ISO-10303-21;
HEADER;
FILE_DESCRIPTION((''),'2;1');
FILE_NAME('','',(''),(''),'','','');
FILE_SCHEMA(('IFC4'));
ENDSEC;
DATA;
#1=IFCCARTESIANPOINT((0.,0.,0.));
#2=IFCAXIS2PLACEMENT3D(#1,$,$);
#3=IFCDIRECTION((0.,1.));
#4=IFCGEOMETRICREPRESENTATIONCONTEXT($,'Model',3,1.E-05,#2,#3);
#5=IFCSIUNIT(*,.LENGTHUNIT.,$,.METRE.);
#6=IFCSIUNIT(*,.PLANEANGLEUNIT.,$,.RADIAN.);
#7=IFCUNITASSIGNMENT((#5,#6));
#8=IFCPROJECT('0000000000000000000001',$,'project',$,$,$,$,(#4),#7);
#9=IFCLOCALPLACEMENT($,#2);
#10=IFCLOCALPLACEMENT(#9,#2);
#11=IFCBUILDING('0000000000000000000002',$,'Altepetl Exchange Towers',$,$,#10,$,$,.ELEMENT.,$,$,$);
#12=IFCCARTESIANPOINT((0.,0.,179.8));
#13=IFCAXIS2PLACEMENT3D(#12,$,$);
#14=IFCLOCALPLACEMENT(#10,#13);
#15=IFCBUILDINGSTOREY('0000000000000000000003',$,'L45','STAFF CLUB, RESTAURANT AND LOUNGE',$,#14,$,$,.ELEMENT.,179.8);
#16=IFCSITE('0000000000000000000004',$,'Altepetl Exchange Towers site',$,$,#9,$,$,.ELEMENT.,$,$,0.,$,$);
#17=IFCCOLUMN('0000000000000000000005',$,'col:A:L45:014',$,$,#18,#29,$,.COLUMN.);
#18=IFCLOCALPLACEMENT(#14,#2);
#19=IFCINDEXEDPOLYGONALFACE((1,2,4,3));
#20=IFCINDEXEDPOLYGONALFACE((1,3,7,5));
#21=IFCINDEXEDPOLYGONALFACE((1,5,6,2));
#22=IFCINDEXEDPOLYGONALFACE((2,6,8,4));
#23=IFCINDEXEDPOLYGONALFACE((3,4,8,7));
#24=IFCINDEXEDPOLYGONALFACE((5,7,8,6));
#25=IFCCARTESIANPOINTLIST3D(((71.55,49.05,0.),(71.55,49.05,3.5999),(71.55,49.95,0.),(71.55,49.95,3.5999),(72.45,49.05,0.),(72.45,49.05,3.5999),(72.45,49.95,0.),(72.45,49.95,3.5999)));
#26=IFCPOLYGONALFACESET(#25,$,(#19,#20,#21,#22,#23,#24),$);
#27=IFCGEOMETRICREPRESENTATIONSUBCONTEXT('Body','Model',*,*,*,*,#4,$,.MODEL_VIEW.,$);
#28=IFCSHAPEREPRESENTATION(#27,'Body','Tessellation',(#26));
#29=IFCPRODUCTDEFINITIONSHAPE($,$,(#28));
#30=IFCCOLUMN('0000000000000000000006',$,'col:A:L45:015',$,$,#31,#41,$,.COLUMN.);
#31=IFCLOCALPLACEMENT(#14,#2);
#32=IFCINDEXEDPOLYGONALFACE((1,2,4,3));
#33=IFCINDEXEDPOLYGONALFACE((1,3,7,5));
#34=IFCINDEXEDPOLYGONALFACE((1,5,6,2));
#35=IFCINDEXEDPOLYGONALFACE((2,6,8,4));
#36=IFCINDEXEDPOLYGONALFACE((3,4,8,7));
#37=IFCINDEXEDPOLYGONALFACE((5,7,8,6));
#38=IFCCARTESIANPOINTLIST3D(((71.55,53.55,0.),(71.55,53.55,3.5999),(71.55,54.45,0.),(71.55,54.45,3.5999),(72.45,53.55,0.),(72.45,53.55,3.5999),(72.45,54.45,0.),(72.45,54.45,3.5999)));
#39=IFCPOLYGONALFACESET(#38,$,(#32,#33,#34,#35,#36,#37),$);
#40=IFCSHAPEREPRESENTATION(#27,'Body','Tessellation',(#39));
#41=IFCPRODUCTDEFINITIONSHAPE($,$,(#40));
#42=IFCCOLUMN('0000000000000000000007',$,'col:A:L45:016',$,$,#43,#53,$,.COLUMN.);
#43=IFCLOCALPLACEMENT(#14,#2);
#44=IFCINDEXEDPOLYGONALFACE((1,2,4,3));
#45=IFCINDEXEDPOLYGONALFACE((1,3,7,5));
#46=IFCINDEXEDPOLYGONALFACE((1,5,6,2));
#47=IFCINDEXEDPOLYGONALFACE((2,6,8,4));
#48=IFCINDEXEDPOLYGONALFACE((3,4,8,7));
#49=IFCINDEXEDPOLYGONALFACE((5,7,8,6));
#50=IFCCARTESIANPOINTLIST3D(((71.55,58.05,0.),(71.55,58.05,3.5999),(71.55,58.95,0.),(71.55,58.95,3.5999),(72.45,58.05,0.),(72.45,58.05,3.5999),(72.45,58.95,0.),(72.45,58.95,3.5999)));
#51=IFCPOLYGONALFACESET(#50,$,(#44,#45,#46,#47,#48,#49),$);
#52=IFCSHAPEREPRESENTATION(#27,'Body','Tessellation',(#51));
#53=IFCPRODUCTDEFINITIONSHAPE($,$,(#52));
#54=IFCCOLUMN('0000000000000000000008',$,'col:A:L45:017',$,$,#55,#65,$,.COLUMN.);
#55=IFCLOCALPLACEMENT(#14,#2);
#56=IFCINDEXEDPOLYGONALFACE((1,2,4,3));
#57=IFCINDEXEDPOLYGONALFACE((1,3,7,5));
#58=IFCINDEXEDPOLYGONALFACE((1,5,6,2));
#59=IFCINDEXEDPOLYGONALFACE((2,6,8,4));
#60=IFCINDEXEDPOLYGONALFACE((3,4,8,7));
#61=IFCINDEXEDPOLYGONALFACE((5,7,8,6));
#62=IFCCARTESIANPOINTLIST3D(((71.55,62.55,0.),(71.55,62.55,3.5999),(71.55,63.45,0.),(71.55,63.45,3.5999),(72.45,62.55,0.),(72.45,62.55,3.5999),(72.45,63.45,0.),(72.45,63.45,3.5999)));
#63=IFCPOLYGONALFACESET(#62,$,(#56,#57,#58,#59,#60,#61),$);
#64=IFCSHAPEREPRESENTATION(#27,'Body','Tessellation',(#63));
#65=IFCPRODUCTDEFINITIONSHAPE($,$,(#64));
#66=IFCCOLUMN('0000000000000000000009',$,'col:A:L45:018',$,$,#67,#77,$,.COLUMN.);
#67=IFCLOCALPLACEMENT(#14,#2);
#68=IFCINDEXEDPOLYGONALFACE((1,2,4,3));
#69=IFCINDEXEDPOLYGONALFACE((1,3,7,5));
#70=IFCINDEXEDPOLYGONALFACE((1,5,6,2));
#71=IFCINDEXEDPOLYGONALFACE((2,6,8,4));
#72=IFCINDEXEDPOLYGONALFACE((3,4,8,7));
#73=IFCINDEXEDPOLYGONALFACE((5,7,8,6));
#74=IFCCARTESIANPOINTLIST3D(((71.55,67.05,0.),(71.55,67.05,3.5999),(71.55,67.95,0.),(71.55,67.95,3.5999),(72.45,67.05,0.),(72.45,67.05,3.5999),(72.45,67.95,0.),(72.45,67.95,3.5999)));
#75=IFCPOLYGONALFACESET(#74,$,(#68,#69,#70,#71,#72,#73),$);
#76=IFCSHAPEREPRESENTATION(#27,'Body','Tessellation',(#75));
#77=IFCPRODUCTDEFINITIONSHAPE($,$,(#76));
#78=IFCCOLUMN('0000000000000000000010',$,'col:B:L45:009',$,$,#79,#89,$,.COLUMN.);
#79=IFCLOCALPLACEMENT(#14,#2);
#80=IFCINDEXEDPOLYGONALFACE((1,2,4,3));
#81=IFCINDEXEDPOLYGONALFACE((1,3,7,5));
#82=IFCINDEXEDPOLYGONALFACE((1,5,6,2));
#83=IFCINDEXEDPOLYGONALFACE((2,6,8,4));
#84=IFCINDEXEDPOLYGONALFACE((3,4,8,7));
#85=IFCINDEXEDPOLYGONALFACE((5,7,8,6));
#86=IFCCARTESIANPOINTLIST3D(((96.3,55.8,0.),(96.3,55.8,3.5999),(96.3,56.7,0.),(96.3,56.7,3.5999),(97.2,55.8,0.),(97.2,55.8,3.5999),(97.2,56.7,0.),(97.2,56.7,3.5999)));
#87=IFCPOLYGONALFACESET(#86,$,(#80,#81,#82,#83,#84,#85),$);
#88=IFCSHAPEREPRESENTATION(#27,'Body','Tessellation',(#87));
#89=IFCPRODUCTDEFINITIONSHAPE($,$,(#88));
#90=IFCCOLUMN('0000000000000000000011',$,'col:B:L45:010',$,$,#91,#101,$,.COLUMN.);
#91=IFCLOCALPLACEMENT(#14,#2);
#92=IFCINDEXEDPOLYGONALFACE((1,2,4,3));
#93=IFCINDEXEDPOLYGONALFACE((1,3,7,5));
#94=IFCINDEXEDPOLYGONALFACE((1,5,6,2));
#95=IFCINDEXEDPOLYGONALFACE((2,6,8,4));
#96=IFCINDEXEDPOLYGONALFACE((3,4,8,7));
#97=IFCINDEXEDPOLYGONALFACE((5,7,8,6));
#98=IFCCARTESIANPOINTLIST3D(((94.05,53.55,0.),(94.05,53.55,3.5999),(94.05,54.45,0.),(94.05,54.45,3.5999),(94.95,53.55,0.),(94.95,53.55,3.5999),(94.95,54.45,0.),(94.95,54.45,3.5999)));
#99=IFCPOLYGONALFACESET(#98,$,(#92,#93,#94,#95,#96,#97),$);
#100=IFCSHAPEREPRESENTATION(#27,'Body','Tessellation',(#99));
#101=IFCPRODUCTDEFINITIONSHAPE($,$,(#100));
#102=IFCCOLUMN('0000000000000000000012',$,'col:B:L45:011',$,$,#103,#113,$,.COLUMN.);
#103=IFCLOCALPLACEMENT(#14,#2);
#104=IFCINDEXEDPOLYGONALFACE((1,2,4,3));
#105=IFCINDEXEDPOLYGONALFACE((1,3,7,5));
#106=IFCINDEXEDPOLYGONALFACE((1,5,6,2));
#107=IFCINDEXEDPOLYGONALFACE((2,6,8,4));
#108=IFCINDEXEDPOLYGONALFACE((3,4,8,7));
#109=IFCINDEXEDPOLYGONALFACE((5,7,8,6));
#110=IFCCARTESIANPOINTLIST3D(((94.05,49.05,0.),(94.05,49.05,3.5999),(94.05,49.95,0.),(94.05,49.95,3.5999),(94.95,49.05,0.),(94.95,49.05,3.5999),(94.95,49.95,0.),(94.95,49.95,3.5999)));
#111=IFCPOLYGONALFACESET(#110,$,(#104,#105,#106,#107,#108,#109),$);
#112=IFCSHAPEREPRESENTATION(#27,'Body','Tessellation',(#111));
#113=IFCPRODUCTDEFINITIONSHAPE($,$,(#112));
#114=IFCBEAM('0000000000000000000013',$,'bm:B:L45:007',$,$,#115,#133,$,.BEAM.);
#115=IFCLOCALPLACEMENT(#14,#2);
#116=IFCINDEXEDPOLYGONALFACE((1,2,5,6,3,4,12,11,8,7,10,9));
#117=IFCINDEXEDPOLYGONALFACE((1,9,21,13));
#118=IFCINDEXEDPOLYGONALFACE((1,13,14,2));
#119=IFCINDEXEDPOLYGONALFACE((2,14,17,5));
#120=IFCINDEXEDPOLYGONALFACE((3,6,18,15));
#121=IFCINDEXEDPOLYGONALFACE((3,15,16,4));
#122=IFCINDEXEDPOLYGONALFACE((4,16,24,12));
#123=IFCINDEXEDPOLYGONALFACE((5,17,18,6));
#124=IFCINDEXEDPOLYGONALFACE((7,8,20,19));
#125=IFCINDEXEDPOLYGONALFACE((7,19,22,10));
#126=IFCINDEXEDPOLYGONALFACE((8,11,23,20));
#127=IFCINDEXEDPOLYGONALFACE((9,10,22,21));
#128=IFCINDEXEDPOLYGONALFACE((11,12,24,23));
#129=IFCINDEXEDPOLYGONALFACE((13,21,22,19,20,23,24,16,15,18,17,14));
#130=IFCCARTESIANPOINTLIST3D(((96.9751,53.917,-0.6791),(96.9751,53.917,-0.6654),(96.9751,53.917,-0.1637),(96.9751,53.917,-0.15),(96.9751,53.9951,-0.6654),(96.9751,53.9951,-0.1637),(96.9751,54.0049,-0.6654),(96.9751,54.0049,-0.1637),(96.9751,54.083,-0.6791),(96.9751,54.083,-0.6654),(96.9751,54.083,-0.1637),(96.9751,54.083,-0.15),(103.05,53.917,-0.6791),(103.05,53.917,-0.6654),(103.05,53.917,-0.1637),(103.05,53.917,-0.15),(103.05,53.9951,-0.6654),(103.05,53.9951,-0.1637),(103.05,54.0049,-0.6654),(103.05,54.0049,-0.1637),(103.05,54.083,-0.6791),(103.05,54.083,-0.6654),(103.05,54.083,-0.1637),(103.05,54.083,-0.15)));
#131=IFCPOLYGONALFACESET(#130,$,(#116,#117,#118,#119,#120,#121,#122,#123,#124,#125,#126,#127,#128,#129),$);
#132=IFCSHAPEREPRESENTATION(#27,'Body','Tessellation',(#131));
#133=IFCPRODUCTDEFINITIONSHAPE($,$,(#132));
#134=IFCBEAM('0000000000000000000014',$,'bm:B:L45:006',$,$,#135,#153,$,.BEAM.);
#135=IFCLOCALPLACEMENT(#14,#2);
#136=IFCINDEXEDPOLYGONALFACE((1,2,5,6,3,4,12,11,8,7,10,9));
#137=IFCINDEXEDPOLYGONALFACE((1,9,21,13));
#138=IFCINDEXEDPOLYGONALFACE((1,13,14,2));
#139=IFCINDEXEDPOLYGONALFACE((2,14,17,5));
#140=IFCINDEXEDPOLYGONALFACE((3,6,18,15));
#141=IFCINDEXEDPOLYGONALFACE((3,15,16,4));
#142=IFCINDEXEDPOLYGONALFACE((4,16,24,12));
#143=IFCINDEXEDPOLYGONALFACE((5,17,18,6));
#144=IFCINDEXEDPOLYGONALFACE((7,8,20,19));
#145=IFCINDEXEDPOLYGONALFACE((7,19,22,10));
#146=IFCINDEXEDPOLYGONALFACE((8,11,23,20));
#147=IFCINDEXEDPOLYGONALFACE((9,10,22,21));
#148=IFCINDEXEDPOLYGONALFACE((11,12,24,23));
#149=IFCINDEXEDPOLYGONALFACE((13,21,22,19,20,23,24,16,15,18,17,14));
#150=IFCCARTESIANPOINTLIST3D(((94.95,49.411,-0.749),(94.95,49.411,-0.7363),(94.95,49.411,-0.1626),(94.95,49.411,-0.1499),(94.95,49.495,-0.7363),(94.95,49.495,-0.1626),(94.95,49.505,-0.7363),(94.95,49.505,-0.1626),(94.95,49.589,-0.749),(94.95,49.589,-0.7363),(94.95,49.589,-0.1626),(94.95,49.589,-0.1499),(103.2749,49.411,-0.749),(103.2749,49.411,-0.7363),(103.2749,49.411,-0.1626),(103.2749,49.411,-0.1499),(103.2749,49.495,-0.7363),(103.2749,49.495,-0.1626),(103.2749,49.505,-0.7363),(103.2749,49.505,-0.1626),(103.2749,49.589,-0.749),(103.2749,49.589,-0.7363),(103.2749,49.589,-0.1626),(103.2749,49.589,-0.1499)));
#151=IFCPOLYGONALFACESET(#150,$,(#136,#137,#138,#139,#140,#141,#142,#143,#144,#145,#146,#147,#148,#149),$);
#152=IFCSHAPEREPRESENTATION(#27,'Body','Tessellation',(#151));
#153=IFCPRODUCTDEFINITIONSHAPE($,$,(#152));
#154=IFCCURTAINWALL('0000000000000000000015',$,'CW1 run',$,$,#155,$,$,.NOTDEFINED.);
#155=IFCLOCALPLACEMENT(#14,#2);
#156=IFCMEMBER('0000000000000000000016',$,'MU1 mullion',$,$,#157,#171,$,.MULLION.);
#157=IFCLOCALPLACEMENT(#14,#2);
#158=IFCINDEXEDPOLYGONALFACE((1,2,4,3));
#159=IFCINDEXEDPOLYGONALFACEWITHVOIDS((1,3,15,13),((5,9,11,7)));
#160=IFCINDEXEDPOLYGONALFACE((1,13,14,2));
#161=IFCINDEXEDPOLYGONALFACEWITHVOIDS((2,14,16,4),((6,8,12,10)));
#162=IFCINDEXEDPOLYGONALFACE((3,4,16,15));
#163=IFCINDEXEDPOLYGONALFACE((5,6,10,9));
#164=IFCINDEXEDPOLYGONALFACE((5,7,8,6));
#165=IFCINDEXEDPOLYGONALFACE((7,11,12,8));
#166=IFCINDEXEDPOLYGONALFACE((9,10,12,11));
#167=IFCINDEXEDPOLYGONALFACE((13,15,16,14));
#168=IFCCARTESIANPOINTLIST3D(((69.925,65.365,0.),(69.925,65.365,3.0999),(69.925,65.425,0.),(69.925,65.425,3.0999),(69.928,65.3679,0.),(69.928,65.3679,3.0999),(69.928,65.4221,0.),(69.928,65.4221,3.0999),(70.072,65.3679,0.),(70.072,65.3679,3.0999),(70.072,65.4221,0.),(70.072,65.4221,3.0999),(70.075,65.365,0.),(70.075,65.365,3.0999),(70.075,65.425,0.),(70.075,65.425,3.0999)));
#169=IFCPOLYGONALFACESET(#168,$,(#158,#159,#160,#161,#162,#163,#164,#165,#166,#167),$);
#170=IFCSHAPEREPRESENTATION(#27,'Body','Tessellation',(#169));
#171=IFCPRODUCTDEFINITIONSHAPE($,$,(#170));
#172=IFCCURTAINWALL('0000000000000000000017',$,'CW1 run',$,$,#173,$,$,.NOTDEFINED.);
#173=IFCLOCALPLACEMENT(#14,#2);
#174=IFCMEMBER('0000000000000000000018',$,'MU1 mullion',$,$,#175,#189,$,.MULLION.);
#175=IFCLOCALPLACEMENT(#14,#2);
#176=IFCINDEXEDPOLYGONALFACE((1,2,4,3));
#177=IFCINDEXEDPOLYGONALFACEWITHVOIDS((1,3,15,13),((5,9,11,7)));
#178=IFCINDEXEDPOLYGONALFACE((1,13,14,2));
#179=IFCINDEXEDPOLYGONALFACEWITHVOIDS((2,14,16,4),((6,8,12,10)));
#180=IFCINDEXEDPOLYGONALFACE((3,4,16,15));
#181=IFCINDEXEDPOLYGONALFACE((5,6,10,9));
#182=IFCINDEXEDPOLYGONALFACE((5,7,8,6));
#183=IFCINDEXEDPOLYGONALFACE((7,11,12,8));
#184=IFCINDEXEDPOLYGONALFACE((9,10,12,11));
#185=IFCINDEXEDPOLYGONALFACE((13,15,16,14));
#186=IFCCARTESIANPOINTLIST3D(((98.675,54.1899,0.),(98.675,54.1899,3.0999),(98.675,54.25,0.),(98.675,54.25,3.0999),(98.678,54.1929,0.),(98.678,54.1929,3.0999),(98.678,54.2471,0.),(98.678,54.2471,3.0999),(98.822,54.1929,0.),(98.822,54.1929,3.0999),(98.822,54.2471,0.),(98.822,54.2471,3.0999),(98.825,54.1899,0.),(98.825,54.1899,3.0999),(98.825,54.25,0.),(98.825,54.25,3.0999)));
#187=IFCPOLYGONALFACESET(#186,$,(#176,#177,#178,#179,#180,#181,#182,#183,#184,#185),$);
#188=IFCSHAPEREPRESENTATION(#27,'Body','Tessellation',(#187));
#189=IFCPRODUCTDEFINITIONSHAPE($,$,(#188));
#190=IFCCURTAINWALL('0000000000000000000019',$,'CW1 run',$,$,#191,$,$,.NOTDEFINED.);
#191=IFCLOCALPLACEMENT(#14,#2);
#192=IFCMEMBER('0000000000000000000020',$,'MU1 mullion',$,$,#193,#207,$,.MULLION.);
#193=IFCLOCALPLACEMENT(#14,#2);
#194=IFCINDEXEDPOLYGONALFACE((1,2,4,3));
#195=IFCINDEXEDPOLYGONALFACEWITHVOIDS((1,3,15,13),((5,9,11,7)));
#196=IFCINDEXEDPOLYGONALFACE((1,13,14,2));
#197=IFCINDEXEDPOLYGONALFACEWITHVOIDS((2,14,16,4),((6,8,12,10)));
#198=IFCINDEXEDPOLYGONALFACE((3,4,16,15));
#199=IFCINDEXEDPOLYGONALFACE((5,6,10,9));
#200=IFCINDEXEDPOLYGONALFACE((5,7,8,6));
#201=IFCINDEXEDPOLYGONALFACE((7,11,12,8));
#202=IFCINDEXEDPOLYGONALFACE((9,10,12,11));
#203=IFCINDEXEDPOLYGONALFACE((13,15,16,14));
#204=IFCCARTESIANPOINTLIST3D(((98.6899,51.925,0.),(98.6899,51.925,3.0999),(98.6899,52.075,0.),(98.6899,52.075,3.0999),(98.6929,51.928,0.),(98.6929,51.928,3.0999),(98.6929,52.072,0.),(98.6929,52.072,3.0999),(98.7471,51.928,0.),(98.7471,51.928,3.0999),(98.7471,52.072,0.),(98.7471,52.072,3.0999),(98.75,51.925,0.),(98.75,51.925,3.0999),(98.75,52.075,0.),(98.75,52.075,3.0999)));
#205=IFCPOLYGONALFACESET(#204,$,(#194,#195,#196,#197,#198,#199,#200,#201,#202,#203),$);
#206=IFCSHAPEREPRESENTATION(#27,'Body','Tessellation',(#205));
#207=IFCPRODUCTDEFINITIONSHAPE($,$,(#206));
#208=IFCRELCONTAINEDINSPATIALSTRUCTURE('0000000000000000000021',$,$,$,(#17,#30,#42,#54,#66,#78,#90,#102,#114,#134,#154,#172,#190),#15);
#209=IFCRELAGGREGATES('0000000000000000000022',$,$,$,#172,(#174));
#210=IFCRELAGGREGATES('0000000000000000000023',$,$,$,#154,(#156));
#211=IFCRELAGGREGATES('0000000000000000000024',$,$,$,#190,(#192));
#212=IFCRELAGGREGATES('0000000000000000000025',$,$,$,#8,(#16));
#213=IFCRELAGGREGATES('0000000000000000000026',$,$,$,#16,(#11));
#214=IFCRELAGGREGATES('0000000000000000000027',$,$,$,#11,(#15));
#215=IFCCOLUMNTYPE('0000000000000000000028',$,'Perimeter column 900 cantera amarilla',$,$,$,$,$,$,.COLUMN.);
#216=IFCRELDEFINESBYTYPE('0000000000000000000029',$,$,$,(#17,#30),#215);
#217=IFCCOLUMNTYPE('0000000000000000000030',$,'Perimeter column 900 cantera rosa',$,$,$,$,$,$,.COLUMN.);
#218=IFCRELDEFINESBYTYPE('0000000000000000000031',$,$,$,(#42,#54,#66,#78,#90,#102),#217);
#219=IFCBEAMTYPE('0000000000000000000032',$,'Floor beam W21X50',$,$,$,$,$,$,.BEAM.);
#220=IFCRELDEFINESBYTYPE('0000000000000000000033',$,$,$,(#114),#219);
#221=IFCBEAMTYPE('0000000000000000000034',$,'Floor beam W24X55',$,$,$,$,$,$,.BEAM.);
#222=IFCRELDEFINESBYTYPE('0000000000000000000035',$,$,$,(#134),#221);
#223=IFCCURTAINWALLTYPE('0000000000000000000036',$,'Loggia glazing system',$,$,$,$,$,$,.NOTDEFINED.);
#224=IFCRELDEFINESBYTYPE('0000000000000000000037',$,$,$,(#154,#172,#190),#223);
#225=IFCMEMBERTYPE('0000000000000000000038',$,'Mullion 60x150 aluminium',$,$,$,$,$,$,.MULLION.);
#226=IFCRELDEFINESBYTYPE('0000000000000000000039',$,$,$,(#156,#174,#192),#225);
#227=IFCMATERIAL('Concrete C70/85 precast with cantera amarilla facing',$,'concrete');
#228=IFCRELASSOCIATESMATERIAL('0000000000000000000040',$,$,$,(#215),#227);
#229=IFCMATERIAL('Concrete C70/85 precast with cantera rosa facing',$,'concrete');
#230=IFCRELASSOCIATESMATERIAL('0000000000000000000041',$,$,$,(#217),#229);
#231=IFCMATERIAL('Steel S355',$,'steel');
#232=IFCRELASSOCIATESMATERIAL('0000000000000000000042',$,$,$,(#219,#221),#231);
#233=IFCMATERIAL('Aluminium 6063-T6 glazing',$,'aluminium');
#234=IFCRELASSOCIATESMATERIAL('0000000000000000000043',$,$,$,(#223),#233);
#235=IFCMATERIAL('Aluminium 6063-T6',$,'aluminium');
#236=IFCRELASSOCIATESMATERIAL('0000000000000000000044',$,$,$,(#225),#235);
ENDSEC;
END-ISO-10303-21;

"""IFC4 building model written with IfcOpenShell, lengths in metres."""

from ifc_helpers import new_model, si_unit, direction, frame, origin, origin_2d, place, context, subcontext, project, spatial, rectangle, hollow_rectangle, i_section, extrude, material, material_profile, profile_set, type_object, element, aggregate, save


model = new_model("IFC4")

# Units and contexts
model_context = context("Model", 3, precision=1e-05, world=origin(), true_north=direction((0.0, 1.0)))
body_context = subcontext(model_context, "Body", "Model", "MODEL_VIEW")
ifc_project = project(units=[si_unit("LENGTHUNIT", "METRE"), si_unit("PLANEANGLEUNIT", "RADIAN")], contexts=[model_context])

# Site, building, storey
site_placement = place(None, origin())
site = spatial("IfcSite", under=ifc_project, at=site_placement, Name="Altepetl Exchange Towers site", CompositionType="ELEMENT", RefElevation=0.0)
building_placement = place(site_placement, origin())
building = spatial("IfcBuilding", under=site, at=building_placement, Name="Altepetl Exchange Towers", CompositionType="ELEMENT")
storey_placement = place(building_placement, frame((0.0, 0.0, 179.8)))
storey = spatial("IfcBuildingStorey", under=building, at=storey_placement, Name="L45", Description="STAFF CLUB, RESTAURANT AND LOUNGE", CompositionType="ELEMENT", Elevation=179.8)

# Columns
ifc_material_1 = material(Name="Concrete C70/85 precast with cantera amarilla facing", Category="concrete")
ifc_material_profile_1 = material_profile(ifc_material_1, rectangle(XDim=0.8999, YDim=0.8999, at=origin_2d()), Name="900 x 900")
ifc_profile_set_1 = profile_set([ifc_material_profile_1], Name="Concrete C70/85 precast with cantera amarilla facing")
column_type_1 = type_object("IfcColumnType", Name="Perimeter column 900 cantera amarilla", PredefinedType="COLUMN", material=ifc_profile_set_1)
for number, where, name in (
    (1, (72.0, 49.5, 0.0), "col:A:L45:014"),
    (2, (72.0, 54.0, 0.0), "col:A:L45:015"),
):
    element("IfcColumn", number, at=place(storey_placement, frame(where)), inside=storey, type_object=column_type_1, Name=name, PredefinedType="COLUMN", context=body_context, shape_type="SweptSolid", body=[
        extrude(rectangle(XDim=0.8999, YDim=0.8999, at=origin_2d()), origin(), (0.0, 0.0, 1.0), 3.5999),
    ])
ifc_material_2 = material(Name="Concrete C70/85 precast with cantera rosa facing", Category="concrete")
ifc_material_profile_2 = material_profile(ifc_material_2, rectangle(XDim=0.8999, YDim=0.8999, at=origin_2d()), Name="900 x 900")
ifc_profile_set_2 = profile_set([ifc_material_profile_2], Name="Concrete C70/85 precast with cantera rosa facing")
column_type_2 = type_object("IfcColumnType", Name="Perimeter column 900 cantera rosa", PredefinedType="COLUMN", material=ifc_profile_set_2)
for number, where, name in (
    (3, (72.0, 58.5, 0.0), "col:A:L45:016"),
    (4, (72.0, 63.0, 0.0), "col:A:L45:017"),
    (5, (72.0, 67.5, 0.0), "col:A:L45:018"),
    (6, (96.75, 56.25, 0.0), "col:B:L45:009"),
    (7, (94.5, 54.0, 0.0), "col:B:L45:010"),
    (8, (94.5, 49.5, 0.0), "col:B:L45:011"),
):
    element("IfcColumn", number, at=place(storey_placement, frame(where)), inside=storey, type_object=column_type_2, Name=name, PredefinedType="COLUMN", context=body_context, shape_type="SweptSolid", body=[
        extrude(rectangle(XDim=0.8999, YDim=0.8999, at=origin_2d()), origin(), (0.0, 0.0, 1.0), 3.5999),
    ])

# Beams
ifc_material_3 = material(Name="Steel S355", Category="steel")
ifc_material_profile_3 = material_profile(ifc_material_3, i_section(OverallWidth=0.166, OverallDepth=0.5291, WebThickness=0.0098, FlangeThickness=0.0137, at=origin_2d()), Name="W21X50")
ifc_profile_set_3 = profile_set([ifc_material_profile_3], Name="Steel S355")
beam_type_1 = type_object("IfcBeamType", Name="Floor beam W21X50", PredefinedType="BEAM", material=ifc_profile_set_3)
beam_1_placement = place(storey_placement, frame((96.9751, 54.0, -0.4146), z_axis=(1.0, 0.0, 0.0), x_axis=(0.0, 1.0, 0.0)))
element("IfcBeam", 9, at=beam_1_placement, inside=storey, type_object=beam_type_1, Name="bm:B:L45:007", PredefinedType="BEAM", context=body_context, shape_type="SweptSolid", body=[
    extrude(i_section(OverallWidth=0.166, OverallDepth=0.5291, WebThickness=0.0098, FlangeThickness=0.0137, at=origin_2d()), origin(), (0.0, 0.0, 1.0), 6.075),
])
ifc_material_profile_4 = material_profile(ifc_material_3, i_section(OverallWidth=0.178, OverallDepth=0.5991, WebThickness=0.01, FlangeThickness=0.0127, at=origin_2d()), Name="W24X55")
ifc_profile_set_4 = profile_set([ifc_material_profile_4], Name="Steel S355")
beam_type_2 = type_object("IfcBeamType", Name="Floor beam W24X55", PredefinedType="BEAM", material=ifc_profile_set_4)
beam_2_placement = place(storey_placement, frame((94.95, 49.5, -0.4495), z_axis=(1.0, 0.0, 0.0), x_axis=(0.0, 1.0, 0.0)))
element("IfcBeam", 10, at=beam_2_placement, inside=storey, type_object=beam_type_2, Name="bm:B:L45:006", PredefinedType="BEAM", context=body_context, shape_type="SweptSolid", body=[
    extrude(i_section(OverallWidth=0.178, OverallDepth=0.5991, WebThickness=0.01, FlangeThickness=0.0127, at=origin_2d()), origin(), (0.0, 0.0, 1.0), 8.325),
])

# Curtain walls, members
ifc_material_4 = material(Name="Aluminium 6063-T6 glazing", Category="aluminium")
curtain_wall_type = type_object("IfcCurtainWallType", Name="Loggia glazing system", PredefinedType="NOTDEFINED", material=ifc_material_4)
curtain_wall_1_placement = place(storey_placement, origin())
curtain_wall_1 = element("IfcCurtainWall", 11, at=curtain_wall_1_placement, inside=storey, type_object=curtain_wall_type, Name="CW1 run", PredefinedType="NOTDEFINED")
ifc_material_5 = material(Name="Aluminium 6063-T6", Category="aluminium")
ifc_material_profile_5 = material_profile(ifc_material_5, hollow_rectangle(XDim=0.0601, YDim=0.1499, WallThickness=0.0029, at=origin_2d()), Name="Mullion 60x150 aluminium")
ifc_profile_set_5 = profile_set([ifc_material_profile_5], Name="Aluminium 6063-T6")
member_type = type_object("IfcMemberType", Name="Mullion 60x150 aluminium", PredefinedType="MULLION", material=ifc_profile_set_5)
member_1_placement = place(storey_placement, frame((70.0, 65.395, 0.0), z_axis=(0.0, 0.0, 1.0), x_axis=(0.0, 1.0, 0.0)))
member_1 = element("IfcMember", 12, at=member_1_placement, type_object=member_type, Name="MU1 mullion", PredefinedType="MULLION", context=body_context, shape_type="SweptSolid", body=[
    extrude(hollow_rectangle(XDim=0.0601, YDim=0.1499, WallThickness=0.0029, at=origin_2d()), origin(), (0.0, 0.0, 1.0), 3.0999),
])
curtain_wall_2_placement = place(storey_placement, origin())
curtain_wall_2 = element("IfcCurtainWall", 13, at=curtain_wall_2_placement, inside=storey, type_object=curtain_wall_type, Name="CW1 run", PredefinedType="NOTDEFINED")
member_2_placement = place(storey_placement, frame((98.75, 54.22, 0.0), z_axis=(0.0, 0.0, 1.0), x_axis=(0.0, -1.0, 0.0)))
member_2 = element("IfcMember", 14, at=member_2_placement, type_object=member_type, Name="MU1 mullion", PredefinedType="MULLION", context=body_context, shape_type="SweptSolid", body=[
    extrude(hollow_rectangle(XDim=0.0601, YDim=0.1499, WallThickness=0.0029, at=origin_2d()), origin(), (0.0, 0.0, 1.0), 3.0999),
])
aggregate(curtain_wall_2, [member_2])

# Curtain wall, member
curtain_wall_3_placement = place(storey_placement, origin())
curtain_wall_3 = element("IfcCurtainWall", 15, at=curtain_wall_3_placement, inside=storey, type_object=curtain_wall_type, Name="CW1 run", PredefinedType="NOTDEFINED")
member_3_placement = place(storey_placement, frame((98.72, 52.0, 0.0), z_axis=(0.0, 0.0, 1.0), x_axis=(-1.0, 0.0, 0.0)))
member_3 = element("IfcMember", 16, at=member_3_placement, type_object=member_type, Name="MU1 mullion", PredefinedType="MULLION", context=body_context, shape_type="SweptSolid", body=[
    extrude(hollow_rectangle(XDim=0.0601, YDim=0.1499, WallThickness=0.0029, at=origin_2d()), origin(), (0.0, 0.0, 1.0), 3.0999),
])

aggregate(curtain_wall_1, [member_1])
aggregate(curtain_wall_3, [member_3])

save(model, "model.ifc")
